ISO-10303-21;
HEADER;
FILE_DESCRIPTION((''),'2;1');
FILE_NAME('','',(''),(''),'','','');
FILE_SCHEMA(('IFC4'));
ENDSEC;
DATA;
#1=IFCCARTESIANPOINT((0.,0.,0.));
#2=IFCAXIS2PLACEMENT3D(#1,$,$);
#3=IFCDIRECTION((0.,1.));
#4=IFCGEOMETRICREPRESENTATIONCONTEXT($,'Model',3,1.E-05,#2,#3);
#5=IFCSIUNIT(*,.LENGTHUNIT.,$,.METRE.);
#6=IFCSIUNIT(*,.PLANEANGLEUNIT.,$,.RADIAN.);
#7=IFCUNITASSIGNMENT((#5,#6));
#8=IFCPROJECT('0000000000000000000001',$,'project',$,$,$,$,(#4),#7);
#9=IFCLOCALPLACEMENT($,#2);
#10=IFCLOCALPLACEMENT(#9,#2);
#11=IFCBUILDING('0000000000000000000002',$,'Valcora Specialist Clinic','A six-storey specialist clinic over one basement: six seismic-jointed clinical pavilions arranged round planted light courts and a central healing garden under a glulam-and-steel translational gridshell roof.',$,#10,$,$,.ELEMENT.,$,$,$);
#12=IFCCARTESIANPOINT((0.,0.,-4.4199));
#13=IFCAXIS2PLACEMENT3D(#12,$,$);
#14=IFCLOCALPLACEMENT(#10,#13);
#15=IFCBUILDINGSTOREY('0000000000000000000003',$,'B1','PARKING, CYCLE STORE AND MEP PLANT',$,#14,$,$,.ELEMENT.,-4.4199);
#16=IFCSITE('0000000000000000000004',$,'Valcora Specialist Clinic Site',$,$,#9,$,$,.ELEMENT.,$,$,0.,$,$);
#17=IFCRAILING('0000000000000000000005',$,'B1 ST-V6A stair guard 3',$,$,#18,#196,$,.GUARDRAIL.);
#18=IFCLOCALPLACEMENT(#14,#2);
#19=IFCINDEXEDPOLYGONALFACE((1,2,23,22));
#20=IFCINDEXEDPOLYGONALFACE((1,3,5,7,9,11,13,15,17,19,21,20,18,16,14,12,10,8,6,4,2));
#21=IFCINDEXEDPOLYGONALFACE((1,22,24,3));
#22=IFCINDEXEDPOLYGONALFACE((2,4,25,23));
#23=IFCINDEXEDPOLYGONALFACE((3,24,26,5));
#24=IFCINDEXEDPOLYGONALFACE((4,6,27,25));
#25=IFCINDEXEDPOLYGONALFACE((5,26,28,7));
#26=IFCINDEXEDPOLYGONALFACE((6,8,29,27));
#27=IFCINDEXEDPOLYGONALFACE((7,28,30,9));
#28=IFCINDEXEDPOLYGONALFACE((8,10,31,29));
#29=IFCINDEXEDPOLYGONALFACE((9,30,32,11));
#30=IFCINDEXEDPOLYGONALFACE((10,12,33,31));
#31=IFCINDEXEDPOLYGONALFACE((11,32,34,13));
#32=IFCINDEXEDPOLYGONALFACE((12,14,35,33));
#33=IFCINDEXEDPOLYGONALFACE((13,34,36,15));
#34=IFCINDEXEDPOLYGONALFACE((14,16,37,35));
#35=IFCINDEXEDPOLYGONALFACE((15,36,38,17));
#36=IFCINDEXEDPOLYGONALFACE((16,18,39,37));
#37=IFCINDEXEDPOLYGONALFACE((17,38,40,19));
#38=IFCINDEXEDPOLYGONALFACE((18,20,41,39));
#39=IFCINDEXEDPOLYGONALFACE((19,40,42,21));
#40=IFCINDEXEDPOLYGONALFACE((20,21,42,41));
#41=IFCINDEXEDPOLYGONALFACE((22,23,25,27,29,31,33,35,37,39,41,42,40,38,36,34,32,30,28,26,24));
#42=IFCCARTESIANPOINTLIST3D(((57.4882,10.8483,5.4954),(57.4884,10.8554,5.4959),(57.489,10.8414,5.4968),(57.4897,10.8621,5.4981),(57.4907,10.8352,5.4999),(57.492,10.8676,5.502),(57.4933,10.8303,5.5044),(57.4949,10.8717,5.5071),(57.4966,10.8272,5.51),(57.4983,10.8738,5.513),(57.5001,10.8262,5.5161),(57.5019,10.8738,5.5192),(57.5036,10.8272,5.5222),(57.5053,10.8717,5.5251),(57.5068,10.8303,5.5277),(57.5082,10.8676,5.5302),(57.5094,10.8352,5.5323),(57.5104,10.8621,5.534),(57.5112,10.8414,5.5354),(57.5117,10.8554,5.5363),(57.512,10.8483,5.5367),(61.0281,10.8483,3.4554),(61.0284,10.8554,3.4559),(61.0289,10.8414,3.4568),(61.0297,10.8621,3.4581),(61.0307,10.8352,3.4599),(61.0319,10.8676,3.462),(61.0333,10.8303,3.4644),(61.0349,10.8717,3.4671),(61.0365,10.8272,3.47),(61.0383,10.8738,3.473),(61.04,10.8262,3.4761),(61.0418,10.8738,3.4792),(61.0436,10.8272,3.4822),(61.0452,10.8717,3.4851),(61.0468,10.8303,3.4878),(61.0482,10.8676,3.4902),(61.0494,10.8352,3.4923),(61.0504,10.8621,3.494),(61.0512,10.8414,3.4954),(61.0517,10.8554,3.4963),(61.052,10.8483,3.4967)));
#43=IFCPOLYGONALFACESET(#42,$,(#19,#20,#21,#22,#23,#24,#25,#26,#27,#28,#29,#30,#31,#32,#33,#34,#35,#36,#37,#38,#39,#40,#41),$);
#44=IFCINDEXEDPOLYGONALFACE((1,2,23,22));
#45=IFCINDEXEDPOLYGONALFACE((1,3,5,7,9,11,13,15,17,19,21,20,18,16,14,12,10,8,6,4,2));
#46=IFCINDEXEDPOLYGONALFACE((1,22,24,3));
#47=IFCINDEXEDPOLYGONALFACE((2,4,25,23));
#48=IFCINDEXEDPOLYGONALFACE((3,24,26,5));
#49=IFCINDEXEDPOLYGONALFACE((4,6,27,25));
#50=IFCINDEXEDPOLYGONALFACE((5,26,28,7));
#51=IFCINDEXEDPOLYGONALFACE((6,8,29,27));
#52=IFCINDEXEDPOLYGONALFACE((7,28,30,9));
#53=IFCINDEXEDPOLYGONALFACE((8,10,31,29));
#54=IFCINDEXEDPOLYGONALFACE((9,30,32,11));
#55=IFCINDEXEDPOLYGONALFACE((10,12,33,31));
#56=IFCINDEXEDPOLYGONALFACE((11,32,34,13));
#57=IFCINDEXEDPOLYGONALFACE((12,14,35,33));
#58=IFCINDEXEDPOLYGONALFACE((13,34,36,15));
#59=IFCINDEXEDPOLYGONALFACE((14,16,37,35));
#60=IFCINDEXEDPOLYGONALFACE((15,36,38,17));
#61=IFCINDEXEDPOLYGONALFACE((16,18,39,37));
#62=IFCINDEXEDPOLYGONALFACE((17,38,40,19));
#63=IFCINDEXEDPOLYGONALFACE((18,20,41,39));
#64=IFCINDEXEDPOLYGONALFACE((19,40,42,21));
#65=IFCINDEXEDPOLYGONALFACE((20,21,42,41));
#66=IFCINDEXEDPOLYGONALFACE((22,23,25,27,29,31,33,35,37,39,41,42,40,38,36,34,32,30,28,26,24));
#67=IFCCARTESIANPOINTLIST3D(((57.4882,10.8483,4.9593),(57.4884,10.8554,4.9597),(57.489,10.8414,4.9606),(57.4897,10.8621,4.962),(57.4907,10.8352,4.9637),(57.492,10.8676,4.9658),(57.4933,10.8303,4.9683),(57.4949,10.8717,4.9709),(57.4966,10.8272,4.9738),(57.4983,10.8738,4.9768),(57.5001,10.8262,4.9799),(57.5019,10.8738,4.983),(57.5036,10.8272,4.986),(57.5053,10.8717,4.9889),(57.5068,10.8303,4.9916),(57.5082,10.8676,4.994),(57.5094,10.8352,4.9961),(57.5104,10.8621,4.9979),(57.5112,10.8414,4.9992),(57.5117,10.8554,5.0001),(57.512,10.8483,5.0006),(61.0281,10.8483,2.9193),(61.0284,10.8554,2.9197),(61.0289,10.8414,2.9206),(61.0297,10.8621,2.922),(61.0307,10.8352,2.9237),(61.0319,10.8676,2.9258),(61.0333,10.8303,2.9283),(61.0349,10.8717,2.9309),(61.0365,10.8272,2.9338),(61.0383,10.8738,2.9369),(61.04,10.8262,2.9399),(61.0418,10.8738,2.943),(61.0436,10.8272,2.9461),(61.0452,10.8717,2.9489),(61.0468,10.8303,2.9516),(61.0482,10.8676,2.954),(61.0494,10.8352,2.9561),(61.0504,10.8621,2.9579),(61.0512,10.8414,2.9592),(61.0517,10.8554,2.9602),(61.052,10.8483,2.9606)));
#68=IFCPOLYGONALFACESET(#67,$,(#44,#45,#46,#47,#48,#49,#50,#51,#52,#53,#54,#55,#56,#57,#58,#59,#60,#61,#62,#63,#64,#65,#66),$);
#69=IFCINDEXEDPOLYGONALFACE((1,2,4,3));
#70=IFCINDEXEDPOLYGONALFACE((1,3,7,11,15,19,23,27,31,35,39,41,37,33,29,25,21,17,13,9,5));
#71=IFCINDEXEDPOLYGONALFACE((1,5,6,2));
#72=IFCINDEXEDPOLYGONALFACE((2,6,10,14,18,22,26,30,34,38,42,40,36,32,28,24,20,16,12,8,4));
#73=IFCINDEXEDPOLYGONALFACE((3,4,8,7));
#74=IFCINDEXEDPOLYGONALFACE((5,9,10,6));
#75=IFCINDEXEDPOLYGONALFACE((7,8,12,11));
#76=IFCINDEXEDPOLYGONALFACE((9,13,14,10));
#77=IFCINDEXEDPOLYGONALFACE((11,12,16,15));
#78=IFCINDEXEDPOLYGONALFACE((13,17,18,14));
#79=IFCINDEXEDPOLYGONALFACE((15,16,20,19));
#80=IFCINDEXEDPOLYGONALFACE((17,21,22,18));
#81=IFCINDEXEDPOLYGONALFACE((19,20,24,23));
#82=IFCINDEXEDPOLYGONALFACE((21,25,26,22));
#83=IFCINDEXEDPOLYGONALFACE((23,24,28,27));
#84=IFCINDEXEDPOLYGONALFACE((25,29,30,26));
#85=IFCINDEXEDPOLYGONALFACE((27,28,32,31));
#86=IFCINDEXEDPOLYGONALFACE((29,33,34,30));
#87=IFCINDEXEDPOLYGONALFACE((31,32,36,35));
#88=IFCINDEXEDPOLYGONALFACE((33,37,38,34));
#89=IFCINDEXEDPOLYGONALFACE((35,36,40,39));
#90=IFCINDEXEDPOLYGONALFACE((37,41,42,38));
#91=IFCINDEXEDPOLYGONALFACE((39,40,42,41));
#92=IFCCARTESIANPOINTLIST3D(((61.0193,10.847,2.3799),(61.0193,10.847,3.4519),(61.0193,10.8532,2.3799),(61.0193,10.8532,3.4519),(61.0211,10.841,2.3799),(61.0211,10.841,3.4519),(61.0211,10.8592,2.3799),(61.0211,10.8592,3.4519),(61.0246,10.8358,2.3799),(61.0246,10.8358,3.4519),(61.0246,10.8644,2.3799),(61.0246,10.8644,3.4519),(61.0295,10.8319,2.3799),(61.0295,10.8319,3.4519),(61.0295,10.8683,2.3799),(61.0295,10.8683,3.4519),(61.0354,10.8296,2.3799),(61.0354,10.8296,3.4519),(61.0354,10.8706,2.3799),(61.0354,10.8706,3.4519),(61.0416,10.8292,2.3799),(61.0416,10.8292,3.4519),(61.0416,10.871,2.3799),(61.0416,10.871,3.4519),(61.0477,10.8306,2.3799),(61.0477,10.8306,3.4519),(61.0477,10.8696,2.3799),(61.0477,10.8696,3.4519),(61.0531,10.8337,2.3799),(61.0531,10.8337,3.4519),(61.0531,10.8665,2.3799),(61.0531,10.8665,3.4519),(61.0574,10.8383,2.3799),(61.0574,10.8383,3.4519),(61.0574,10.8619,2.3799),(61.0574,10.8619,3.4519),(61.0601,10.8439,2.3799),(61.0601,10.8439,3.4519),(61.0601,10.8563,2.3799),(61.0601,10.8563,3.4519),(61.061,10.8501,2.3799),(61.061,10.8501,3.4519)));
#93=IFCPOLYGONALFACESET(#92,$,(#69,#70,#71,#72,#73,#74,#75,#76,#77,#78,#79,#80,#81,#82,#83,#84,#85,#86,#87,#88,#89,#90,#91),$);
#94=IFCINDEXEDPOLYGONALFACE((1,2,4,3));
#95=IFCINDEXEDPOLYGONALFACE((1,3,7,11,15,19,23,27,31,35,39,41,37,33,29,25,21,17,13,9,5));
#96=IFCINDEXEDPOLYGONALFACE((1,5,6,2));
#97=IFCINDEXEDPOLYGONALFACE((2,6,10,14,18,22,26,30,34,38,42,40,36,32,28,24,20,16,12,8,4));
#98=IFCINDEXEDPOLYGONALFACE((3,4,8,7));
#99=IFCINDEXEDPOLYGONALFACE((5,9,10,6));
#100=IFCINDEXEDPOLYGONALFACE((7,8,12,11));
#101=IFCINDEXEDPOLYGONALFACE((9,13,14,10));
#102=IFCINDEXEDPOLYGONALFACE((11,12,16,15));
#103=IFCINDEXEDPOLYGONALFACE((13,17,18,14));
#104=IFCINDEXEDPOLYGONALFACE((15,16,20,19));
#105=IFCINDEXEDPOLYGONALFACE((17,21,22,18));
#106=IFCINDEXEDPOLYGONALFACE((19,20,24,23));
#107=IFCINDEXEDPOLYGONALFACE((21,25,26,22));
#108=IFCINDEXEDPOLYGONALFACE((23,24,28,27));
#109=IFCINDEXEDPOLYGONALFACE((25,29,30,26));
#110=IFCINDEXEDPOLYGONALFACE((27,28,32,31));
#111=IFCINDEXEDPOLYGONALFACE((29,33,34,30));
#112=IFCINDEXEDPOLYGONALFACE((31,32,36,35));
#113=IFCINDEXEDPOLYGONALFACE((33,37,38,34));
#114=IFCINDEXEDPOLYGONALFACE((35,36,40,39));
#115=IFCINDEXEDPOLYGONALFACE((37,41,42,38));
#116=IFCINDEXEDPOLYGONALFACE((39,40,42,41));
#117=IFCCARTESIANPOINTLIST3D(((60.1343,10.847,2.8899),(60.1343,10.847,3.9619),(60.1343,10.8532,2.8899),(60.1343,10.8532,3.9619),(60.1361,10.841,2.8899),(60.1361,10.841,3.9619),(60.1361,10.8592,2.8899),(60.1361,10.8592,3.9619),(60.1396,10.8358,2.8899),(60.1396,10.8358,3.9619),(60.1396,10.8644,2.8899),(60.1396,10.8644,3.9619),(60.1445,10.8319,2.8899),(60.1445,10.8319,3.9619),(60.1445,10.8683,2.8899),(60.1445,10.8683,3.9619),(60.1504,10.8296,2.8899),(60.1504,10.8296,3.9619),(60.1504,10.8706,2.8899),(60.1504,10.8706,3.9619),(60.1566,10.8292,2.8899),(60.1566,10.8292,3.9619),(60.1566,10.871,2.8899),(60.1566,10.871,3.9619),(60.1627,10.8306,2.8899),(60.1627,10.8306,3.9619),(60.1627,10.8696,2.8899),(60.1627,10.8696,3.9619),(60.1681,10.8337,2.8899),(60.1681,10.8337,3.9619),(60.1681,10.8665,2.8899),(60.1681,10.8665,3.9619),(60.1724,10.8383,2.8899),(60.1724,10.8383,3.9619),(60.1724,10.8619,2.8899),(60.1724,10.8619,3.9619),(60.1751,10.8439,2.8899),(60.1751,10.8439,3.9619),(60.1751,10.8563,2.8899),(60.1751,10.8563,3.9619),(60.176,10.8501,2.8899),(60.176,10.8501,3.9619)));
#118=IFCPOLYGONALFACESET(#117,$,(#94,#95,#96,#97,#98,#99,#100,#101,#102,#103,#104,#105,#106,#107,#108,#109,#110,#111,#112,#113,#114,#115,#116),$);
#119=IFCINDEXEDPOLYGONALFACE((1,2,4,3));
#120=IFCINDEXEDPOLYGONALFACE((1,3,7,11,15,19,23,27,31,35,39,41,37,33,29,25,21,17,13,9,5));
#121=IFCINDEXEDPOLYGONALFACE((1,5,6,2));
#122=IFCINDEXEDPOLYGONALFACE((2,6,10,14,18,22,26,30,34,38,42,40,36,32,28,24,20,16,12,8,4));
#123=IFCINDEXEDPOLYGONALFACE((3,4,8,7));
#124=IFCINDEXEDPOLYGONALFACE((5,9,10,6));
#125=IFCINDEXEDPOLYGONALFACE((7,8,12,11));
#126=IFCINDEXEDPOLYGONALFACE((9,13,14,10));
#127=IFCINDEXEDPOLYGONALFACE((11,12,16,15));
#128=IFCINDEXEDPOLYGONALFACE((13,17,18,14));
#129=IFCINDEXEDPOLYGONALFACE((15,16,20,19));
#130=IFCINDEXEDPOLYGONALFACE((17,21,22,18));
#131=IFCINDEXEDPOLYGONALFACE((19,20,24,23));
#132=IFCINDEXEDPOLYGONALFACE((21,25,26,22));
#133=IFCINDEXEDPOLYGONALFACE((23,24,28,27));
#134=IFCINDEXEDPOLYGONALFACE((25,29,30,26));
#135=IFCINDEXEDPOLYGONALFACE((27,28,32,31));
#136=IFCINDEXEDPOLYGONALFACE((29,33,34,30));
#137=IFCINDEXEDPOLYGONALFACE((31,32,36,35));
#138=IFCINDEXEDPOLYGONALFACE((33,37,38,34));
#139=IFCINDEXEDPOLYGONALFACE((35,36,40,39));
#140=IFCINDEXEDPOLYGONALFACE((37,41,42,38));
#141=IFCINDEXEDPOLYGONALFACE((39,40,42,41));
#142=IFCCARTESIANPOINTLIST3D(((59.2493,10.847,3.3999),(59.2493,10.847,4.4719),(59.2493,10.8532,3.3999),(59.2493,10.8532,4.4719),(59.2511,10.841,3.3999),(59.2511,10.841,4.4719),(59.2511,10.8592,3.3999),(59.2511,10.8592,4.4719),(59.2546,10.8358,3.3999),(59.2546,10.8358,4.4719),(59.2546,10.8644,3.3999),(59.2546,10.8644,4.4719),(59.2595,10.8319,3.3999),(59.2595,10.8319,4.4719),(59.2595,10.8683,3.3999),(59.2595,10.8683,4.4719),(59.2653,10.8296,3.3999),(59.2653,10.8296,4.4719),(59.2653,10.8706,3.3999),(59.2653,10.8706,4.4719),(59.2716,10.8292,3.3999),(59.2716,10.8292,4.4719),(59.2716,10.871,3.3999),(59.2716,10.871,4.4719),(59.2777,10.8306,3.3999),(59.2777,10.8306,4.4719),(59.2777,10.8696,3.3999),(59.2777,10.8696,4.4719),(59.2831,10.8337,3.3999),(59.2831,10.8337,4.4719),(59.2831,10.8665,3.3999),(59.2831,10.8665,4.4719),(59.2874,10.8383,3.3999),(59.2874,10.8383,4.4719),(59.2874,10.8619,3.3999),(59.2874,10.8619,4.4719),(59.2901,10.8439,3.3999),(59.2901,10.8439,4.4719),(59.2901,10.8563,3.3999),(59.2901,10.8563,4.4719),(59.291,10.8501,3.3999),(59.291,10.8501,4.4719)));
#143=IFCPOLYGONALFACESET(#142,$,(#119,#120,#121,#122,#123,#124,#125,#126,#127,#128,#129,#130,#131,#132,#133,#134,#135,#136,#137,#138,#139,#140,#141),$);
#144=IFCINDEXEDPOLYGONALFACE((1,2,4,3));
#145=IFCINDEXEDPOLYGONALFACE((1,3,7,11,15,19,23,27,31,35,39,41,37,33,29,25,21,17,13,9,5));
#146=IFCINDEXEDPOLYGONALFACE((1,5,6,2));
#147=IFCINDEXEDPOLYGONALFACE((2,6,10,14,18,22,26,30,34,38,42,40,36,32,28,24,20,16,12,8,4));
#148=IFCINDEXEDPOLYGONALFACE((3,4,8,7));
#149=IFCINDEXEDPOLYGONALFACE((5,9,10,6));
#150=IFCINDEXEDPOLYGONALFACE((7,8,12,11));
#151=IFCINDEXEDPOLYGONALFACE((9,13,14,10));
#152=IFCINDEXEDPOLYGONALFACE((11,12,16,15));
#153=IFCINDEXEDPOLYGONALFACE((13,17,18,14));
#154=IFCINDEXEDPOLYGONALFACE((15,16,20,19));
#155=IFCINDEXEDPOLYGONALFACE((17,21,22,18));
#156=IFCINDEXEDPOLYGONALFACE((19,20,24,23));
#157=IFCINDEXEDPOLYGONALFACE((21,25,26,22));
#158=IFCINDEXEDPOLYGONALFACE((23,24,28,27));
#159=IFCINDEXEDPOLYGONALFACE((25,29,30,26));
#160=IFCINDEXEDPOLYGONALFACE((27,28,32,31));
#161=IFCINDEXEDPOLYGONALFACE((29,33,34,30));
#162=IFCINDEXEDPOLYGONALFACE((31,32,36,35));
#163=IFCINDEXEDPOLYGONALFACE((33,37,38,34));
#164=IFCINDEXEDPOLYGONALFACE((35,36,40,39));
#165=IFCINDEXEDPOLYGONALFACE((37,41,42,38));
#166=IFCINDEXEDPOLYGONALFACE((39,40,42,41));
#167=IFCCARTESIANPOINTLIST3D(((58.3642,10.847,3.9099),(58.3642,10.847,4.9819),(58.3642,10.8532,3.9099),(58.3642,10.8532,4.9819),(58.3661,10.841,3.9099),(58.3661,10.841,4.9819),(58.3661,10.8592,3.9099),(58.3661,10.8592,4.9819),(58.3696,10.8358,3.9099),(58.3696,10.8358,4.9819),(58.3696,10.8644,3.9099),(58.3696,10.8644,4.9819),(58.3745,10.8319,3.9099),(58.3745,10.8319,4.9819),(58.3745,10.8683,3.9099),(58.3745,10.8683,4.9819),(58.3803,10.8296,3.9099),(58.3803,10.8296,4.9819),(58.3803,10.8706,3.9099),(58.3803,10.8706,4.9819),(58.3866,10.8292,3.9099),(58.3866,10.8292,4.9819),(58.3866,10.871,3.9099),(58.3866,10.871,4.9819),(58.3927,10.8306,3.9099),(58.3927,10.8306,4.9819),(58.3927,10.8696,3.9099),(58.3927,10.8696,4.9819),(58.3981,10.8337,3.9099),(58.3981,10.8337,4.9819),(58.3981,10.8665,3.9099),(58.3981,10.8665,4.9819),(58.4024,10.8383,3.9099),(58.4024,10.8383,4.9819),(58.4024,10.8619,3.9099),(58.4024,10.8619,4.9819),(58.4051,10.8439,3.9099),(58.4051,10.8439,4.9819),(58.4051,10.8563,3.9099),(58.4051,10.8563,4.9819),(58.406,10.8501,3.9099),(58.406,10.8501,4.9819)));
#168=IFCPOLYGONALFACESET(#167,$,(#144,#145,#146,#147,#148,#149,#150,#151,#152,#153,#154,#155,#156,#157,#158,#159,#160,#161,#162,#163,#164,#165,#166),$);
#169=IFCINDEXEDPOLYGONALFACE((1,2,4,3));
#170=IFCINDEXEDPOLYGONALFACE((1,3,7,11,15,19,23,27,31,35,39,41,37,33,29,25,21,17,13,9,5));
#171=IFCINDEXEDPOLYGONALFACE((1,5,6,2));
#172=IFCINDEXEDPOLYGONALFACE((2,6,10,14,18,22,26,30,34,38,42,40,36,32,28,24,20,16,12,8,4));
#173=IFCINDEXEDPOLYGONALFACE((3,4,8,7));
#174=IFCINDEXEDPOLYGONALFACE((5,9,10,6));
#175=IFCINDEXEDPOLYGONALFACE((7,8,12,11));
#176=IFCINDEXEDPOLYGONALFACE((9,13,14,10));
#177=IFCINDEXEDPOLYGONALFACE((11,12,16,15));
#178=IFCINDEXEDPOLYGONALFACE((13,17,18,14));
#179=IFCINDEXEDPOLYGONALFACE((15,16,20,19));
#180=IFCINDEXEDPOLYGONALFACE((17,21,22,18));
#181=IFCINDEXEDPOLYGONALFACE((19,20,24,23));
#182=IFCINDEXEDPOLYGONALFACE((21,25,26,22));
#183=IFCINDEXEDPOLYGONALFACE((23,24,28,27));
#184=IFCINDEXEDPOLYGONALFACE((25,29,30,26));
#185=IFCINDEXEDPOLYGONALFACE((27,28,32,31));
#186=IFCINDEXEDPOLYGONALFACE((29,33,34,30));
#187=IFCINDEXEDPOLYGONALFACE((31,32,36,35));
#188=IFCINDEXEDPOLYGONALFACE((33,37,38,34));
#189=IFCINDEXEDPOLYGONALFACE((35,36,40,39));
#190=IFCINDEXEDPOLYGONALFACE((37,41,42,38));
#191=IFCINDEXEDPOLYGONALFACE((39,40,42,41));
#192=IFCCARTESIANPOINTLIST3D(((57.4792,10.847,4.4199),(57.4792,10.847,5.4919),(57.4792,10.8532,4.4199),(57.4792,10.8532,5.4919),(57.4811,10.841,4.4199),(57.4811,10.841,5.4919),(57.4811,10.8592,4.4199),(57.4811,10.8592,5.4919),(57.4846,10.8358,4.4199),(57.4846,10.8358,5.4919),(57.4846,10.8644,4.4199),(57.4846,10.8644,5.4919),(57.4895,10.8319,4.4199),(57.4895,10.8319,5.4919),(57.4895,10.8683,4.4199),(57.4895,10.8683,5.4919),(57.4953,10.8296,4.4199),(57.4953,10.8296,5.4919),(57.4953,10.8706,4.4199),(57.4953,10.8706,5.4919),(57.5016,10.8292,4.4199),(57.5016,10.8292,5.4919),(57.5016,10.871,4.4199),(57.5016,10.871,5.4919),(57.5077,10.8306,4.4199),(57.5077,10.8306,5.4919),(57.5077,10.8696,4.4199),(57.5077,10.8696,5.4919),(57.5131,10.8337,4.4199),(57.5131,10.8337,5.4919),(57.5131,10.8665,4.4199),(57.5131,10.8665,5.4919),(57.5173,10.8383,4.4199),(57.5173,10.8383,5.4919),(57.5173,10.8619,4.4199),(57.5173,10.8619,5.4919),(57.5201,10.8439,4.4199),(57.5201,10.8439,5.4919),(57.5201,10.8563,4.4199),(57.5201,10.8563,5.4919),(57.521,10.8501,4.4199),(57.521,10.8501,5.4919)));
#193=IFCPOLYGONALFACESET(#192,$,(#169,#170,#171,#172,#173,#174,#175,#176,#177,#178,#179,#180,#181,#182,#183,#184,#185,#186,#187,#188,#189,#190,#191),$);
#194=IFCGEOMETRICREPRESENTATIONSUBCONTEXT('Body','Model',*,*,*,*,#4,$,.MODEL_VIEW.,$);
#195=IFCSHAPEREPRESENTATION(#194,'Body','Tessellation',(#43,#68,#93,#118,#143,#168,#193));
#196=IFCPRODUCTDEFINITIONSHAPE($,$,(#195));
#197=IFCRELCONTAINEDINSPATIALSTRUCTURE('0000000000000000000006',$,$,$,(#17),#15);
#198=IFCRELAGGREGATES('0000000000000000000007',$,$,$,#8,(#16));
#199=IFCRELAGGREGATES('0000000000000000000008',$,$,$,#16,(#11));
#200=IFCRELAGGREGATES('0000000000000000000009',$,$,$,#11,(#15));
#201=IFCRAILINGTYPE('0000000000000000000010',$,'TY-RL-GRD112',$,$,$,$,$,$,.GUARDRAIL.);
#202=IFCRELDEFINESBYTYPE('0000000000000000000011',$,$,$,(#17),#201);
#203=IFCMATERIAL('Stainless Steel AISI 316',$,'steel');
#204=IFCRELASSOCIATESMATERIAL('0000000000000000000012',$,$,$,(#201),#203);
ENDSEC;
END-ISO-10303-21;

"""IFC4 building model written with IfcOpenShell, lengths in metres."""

from ifc_helpers import new_model, si_unit, direction, frame, origin, origin_2d, place, context, subcontext, project, spatial, circle, extrude, material, type_object, element, save


model = new_model("IFC4")

# Units and contexts
model_context = context("Model", 3, precision=1e-05, world=origin(), true_north=direction((0.0, 1.0)))
body_context = subcontext(model_context, "Body", "Model", "MODEL_VIEW")
ifc_project = project(units=[si_unit("LENGTHUNIT", "METRE"), si_unit("PLANEANGLEUNIT", "RADIAN")], contexts=[model_context])

# Site, building, storey
site_placement = place(None, origin())
site = spatial("IfcSite", under=ifc_project, at=site_placement, Name="Valcora Specialist Clinic Site", CompositionType="ELEMENT", RefElevation=0.0)
building_placement = place(site_placement, origin())
building = spatial("IfcBuilding", under=site, at=building_placement, Name="Valcora Specialist Clinic", Description="A six-storey specialist clinic over one basement: six seismic-jointed clinical pavilions arranged round planted light courts and a central healing garden under a glulam-and-steel translational gridshell roof.", CompositionType="ELEMENT")
storey_placement = place(building_placement, frame((0.0, 0.0, -4.4199)))
storey = spatial("IfcBuildingStorey", under=building, at=storey_placement, Name="B1", Description="PARKING, CYCLE STORE AND MEP PLANT", CompositionType="ELEMENT", Elevation=-4.4199)

# Shared definitions
ifc_material_1 = material(Name="Stainless Steel AISI 316", Category="steel")

# Railing
railing_type_1 = type_object("IfcRailingType", Name="TY-RL-GRD112", PredefinedType="GUARDRAIL", material=ifc_material_1)
railing_1_placement = place(storey_placement, frame((61.04, 10.8501, 2.3799)))
element("IfcRailing", 1, at=railing_1_placement, inside=storey, type_object=railing_type_1, Name="B1 ST-V6A stair guard 3", PredefinedType="GUARDRAIL", context=body_context, shape_type="SweptSolid", body=[
    extrude(circle(Radius=0.0239, at=origin_2d()), frame((0.0, 0.0, 1.0962), z_axis=(-0.866428, 0.0, 0.499302), x_axis=(0.0, -1.0, 0.0)), (0.0, 0.0, 1.0), 4.0857),
    extrude(circle(Radius=0.0239, at=origin_2d()), frame((0.0, 0.0, 0.5601), z_axis=(-0.866428, 0.0, 0.499302), x_axis=(0.0, -1.0, 0.0)), (0.0, 0.0, 1.0), 4.0857),
    extrude(circle(Radius=0.021, at=origin_2d()), origin(), (0.0, 0.0, 1.0), 1.072),
    extrude(circle(Radius=0.021, at=origin_2d()), frame((-0.885, 0.0, 0.51)), (0.0, 0.0, 1.0), 1.072),
    extrude(circle(Radius=0.021, at=origin_2d()), frame((-1.77, 0.0, 1.02)), (0.0, 0.0, 1.0), 1.072),
    extrude(circle(Radius=0.021, at=origin_2d()), frame((-2.655, 0.0, 1.53)), (0.0, 0.0, 1.0), 1.072),
    extrude(circle(Radius=0.021, at=origin_2d()), frame((-3.54, 0.0, 2.04)), (0.0, 0.0, 1.0), 1.072),
])

save(model, "model.ifc")
